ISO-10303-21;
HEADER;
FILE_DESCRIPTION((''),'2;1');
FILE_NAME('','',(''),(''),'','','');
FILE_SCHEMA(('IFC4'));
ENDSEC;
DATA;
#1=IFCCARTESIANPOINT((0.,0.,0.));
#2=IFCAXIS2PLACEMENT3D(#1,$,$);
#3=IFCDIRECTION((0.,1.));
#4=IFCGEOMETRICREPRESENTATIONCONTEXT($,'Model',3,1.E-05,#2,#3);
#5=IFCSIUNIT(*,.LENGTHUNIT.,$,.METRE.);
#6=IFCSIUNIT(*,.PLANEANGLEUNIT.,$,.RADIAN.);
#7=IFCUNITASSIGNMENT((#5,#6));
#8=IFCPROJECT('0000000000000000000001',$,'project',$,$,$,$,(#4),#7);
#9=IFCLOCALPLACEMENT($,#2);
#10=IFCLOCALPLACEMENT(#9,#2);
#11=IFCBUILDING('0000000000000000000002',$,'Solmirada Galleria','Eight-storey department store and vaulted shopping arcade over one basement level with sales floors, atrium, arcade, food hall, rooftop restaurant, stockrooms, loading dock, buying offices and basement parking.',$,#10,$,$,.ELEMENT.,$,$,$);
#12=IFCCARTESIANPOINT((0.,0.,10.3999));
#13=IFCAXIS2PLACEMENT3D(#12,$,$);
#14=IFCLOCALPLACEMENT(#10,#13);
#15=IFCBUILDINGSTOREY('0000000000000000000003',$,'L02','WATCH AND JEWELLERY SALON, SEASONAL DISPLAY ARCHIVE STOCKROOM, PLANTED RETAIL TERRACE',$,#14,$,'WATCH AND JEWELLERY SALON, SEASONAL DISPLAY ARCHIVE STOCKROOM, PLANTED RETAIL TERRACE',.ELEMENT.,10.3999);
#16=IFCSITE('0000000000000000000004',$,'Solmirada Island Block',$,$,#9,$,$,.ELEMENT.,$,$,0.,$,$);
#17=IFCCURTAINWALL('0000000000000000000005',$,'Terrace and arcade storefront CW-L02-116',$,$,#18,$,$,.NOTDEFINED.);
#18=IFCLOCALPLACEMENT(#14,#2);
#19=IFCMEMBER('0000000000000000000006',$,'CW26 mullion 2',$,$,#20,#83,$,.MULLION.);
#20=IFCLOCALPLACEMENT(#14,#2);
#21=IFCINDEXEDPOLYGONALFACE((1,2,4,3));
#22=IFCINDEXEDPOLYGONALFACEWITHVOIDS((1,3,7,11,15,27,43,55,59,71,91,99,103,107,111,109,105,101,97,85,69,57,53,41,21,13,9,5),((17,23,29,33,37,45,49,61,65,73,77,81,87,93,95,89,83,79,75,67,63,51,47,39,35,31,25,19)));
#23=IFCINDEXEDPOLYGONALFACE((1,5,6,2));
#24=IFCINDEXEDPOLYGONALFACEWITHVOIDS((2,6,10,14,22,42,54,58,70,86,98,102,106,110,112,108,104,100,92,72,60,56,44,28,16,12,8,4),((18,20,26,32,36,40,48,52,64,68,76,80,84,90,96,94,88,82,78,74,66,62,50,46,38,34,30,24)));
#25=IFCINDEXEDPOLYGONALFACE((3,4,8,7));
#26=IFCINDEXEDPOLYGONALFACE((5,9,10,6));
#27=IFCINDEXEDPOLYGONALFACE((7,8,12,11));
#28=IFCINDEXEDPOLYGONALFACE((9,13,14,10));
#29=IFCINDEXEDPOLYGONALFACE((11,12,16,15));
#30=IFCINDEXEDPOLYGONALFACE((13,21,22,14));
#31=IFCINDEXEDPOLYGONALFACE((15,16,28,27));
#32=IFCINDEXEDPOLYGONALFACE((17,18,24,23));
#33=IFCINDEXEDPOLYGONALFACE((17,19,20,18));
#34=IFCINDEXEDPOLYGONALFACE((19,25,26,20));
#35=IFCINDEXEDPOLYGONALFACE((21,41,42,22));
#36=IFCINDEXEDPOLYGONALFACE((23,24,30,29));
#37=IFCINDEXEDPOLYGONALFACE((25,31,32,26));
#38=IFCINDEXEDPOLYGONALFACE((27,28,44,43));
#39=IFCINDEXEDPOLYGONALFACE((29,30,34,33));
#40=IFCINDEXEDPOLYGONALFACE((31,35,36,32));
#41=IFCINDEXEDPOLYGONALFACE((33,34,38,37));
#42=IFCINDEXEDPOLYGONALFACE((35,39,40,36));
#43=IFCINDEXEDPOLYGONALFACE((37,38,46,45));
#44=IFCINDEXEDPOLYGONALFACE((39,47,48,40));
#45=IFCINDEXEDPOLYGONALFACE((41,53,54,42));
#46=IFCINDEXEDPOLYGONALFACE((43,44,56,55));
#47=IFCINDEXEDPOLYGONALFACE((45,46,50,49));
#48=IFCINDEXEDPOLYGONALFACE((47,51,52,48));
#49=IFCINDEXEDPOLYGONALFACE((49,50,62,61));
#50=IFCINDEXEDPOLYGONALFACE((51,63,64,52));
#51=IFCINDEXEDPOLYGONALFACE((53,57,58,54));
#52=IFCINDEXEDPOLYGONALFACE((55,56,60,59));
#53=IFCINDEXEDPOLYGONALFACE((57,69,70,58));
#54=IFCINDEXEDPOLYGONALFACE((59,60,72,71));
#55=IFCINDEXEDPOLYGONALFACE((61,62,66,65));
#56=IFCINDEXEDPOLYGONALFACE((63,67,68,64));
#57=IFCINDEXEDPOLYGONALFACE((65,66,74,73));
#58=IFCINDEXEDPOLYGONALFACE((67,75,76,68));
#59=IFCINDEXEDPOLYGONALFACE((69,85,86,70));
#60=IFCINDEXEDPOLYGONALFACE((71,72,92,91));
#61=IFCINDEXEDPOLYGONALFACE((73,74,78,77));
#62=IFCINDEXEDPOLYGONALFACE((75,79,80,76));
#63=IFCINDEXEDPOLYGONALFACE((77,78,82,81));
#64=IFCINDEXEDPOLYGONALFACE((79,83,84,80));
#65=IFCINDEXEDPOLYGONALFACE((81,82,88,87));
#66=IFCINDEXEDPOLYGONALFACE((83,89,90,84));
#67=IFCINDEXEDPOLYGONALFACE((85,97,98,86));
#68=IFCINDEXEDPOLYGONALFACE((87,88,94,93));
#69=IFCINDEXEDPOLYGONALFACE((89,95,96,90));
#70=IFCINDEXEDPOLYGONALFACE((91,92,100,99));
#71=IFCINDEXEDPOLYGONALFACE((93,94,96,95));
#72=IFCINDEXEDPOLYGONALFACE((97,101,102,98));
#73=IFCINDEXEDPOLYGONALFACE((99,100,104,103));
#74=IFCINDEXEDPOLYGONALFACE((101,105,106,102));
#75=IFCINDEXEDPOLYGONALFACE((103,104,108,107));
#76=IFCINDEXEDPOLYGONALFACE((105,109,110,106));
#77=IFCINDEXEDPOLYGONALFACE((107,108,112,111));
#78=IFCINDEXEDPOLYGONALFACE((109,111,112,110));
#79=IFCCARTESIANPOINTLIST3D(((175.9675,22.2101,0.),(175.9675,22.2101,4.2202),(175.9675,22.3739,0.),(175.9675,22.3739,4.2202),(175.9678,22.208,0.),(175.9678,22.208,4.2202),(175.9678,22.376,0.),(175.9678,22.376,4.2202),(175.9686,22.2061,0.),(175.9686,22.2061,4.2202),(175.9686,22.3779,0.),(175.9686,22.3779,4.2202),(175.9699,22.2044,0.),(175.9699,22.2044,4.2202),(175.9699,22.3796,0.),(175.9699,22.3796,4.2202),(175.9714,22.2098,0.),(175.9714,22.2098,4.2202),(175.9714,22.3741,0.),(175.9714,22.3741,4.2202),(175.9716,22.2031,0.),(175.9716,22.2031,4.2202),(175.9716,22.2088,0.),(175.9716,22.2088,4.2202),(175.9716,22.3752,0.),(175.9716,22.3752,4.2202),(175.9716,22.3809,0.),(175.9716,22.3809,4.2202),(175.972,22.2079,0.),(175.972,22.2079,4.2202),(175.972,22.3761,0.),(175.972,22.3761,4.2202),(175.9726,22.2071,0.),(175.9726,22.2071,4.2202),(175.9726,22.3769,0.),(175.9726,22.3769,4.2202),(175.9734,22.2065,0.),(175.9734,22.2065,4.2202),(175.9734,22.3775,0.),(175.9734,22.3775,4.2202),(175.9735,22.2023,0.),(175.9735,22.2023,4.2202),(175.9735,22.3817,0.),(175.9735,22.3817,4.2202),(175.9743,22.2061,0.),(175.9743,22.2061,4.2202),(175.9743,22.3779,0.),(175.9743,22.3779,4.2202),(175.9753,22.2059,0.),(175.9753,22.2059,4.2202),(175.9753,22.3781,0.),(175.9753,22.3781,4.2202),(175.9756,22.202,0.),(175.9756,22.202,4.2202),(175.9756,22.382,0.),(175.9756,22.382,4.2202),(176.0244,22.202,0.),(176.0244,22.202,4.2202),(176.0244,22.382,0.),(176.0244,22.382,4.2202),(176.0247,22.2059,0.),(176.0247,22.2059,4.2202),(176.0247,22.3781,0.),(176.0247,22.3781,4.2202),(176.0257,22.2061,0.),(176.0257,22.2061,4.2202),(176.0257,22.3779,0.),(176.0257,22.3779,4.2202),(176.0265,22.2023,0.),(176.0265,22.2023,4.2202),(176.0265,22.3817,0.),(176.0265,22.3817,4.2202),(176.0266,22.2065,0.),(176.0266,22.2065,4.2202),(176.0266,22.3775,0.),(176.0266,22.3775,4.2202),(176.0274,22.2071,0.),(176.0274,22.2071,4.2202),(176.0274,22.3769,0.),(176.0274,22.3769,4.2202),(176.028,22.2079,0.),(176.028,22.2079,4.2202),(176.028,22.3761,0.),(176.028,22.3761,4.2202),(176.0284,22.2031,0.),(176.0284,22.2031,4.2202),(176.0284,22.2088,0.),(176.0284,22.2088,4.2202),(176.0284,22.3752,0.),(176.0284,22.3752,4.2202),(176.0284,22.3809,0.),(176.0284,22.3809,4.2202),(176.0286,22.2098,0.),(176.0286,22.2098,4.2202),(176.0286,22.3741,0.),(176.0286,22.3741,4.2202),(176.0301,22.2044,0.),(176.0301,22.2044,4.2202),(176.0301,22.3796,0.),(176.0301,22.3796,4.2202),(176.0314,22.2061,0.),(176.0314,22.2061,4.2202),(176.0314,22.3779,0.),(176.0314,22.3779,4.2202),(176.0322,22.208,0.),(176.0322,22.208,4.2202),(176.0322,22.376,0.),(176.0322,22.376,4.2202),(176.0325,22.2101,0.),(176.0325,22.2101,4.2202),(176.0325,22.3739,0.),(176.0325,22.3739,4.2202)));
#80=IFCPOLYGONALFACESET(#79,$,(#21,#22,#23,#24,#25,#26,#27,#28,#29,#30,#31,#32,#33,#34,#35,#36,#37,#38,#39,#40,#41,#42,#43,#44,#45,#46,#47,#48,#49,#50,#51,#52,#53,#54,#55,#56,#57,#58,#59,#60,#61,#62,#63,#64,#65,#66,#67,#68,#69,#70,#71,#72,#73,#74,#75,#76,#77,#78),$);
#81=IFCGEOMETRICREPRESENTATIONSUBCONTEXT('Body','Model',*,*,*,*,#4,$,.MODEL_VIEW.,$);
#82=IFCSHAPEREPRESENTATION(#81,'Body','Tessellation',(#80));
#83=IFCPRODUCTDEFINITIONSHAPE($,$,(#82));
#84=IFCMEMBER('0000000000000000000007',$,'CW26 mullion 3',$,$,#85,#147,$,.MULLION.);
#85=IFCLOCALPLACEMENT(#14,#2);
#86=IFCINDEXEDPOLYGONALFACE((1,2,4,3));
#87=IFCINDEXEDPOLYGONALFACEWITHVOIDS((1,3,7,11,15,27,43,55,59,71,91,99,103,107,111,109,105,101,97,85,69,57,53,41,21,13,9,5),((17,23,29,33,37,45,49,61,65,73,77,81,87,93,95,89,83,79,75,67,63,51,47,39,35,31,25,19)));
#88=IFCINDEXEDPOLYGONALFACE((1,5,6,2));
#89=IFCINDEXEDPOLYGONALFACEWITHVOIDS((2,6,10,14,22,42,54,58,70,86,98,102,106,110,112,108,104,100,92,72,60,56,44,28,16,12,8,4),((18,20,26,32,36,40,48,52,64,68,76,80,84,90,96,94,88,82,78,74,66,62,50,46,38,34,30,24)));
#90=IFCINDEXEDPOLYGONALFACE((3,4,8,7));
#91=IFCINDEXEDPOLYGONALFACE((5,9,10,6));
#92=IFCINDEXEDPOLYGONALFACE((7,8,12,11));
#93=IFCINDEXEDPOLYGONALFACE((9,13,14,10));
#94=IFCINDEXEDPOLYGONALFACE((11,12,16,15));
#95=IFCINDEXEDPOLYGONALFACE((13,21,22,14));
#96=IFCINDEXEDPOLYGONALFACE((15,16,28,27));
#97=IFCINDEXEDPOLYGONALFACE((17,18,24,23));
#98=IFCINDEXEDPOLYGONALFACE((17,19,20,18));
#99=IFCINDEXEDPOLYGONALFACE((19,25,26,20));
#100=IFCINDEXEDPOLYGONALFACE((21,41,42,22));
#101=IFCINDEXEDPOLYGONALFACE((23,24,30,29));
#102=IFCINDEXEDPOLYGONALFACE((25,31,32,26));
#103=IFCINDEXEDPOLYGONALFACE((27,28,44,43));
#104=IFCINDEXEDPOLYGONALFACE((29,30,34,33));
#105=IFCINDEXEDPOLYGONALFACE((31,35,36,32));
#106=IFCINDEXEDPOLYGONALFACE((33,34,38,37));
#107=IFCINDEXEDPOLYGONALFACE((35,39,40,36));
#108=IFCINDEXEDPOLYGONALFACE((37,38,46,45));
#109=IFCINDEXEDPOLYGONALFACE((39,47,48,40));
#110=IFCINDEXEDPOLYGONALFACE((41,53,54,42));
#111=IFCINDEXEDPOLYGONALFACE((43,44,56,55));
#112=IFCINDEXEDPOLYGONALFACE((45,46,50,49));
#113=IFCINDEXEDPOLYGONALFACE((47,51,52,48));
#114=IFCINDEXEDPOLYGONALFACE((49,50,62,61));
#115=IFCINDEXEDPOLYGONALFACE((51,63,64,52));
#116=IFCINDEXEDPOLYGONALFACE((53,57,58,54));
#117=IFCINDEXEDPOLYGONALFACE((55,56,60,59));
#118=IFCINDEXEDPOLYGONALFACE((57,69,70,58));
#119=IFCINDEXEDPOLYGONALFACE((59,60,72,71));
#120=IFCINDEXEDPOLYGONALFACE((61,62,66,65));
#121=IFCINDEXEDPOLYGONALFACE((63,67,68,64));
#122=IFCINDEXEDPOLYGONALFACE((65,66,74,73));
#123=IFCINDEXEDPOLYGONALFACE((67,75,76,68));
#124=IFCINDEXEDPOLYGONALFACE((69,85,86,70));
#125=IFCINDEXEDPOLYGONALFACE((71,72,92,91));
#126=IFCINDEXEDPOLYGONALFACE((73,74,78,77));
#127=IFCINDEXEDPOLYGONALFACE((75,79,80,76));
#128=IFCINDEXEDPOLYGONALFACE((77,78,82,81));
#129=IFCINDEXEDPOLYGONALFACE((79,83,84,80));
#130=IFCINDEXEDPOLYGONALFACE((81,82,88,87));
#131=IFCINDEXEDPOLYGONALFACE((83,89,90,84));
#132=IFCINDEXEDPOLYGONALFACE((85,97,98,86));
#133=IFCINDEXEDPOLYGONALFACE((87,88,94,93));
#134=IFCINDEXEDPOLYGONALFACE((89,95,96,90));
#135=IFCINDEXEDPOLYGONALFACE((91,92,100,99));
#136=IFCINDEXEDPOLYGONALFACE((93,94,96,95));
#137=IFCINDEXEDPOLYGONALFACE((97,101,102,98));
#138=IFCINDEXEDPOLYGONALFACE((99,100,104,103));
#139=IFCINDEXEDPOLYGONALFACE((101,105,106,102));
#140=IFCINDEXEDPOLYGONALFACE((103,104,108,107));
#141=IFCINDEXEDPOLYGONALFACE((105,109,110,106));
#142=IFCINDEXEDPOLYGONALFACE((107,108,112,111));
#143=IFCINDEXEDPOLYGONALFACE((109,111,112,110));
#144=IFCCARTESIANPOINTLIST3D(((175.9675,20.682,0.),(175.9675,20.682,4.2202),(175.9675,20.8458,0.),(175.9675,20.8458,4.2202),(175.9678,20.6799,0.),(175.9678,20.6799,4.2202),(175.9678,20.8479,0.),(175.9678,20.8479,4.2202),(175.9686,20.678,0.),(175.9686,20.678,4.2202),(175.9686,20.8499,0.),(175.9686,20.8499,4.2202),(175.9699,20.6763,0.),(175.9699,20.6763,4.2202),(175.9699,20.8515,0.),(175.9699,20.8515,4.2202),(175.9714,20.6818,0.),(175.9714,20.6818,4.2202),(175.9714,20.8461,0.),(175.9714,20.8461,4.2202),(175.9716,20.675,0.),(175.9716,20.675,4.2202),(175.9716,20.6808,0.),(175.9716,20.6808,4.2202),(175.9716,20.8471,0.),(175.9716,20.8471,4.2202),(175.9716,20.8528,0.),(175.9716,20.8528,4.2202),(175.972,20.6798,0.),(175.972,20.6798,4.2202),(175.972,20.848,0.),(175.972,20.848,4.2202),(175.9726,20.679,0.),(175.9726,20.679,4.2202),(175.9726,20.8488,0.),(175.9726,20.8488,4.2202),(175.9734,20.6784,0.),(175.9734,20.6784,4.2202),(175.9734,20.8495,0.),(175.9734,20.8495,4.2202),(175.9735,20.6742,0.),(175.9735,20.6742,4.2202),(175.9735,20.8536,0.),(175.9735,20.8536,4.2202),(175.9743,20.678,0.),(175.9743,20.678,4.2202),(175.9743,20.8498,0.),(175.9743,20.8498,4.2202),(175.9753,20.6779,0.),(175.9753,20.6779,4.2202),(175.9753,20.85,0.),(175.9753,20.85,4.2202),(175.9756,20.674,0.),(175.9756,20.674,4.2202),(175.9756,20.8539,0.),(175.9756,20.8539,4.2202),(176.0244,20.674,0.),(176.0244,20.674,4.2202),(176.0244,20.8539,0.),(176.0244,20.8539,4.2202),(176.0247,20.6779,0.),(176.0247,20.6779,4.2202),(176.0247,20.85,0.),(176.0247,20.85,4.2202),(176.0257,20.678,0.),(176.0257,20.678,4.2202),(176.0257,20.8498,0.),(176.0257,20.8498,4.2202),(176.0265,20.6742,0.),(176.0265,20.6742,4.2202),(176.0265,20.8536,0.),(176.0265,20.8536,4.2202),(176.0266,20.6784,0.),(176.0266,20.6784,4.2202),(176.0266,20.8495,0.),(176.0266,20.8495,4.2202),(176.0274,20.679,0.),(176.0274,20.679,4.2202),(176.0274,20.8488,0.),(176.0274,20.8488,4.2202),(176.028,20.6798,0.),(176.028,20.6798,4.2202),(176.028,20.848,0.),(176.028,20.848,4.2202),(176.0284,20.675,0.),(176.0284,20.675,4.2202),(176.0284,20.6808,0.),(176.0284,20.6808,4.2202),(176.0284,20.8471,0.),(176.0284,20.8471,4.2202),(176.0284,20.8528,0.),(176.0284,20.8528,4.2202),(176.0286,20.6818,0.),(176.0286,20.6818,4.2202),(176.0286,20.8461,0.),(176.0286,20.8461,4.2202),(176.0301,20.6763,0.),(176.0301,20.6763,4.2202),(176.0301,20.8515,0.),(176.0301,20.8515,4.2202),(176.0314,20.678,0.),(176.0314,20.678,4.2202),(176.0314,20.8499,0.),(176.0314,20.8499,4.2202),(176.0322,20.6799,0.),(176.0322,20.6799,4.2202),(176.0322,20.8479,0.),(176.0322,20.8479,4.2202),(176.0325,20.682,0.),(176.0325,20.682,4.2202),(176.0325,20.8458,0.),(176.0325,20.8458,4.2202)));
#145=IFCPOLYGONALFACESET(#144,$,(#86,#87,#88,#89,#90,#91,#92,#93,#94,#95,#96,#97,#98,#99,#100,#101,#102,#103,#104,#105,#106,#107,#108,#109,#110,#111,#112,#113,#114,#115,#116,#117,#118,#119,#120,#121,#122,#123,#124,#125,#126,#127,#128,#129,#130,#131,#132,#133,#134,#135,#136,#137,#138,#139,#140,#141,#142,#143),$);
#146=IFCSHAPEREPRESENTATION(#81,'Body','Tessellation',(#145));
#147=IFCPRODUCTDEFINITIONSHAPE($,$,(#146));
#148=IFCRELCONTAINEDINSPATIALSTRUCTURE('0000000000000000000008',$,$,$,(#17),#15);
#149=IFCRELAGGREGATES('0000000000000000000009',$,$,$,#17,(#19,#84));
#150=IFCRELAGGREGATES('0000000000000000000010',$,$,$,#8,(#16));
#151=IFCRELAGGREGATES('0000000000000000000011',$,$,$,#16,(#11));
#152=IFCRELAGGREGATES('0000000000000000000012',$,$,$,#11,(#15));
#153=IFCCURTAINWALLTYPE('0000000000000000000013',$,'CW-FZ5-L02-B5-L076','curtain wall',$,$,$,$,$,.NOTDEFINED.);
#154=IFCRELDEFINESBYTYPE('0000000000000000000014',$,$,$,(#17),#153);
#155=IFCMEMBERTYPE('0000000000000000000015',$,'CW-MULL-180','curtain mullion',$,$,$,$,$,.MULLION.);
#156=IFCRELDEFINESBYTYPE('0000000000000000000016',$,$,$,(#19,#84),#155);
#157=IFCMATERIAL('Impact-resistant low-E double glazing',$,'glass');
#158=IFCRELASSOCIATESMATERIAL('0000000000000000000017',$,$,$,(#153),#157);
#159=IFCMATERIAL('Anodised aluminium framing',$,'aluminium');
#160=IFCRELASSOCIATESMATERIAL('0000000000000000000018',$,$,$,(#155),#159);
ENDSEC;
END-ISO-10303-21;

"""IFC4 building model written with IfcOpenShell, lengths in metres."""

from ifc_helpers import new_model, si_unit, direction, frame, origin, origin_2d, place, context, subcontext, project, spatial, hollow_rectangle, extrude, material, material_profile, profile_set, type_object, element, aggregate, save


model = new_model("IFC4")

# Units and contexts
model_context = context("Model", 3, precision=1e-05, world=origin(), true_north=direction((0.0, 1.0)))
body_context = subcontext(model_context, "Body", "Model", "MODEL_VIEW")
ifc_project = project(units=[si_unit("LENGTHUNIT", "METRE"), si_unit("PLANEANGLEUNIT", "RADIAN")], contexts=[model_context])

# Site, building, storey
site_placement = place(None, origin())
site = spatial("IfcSite", under=ifc_project, at=site_placement, Name="Solmirada Island Block", CompositionType="ELEMENT", RefElevation=0.0)
building_placement = place(site_placement, origin())
building = spatial("IfcBuilding", under=site, at=building_placement, Name="Solmirada Galleria", Description="Eight-storey department store and vaulted shopping arcade over one basement level with sales floors, atrium, arcade, food hall, rooftop restaurant, stockrooms, loading dock, buying offices and basement parking.", CompositionType="ELEMENT")
storey_placement = place(building_placement, frame((0.0, 0.0, 10.3999)))
storey = spatial("IfcBuildingStorey", under=building, at=storey_placement, Name="L02", Description="WATCH AND JEWELLERY SALON, SEASONAL DISPLAY ARCHIVE STOCKROOM, PLANTED RETAIL TERRACE", LongName="WATCH AND JEWELLERY SALON, SEASONAL DISPLAY ARCHIVE STOCKROOM, PLANTED RETAIL TERRACE", CompositionType="ELEMENT", Elevation=10.3999)

# Curtain wall, members
ifc_material_1 = material(Name="Impact-resistant low-E double glazing", Category="glass")
curtain_wall_type = type_object("IfcCurtainWallType", Name="CW-FZ5-L02-B5-L076", Description="curtain wall", PredefinedType="NOTDEFINED", material=ifc_material_1)
curtain_wall_placement = place(storey_placement, origin())
curtain_wall = element("IfcCurtainWall", 1, at=curtain_wall_placement, inside=storey, type_object=curtain_wall_type, Name="Terrace and arcade storefront CW-L02-116", PredefinedType="NOTDEFINED")
ifc_material_2 = material(Name="Anodised aluminium framing", Category="aluminium")
ifc_material_profile_1 = material_profile(ifc_material_2, hollow_rectangle(XDim=0.0649, YDim=0.1799, WallThickness=0.0039, InnerFilletRadius=0.0039, OuterFilletRadius=0.0081, at=origin_2d()), Name="ALU-MULL-180X65")
ifc_profile_set_1 = profile_set([ifc_material_profile_1], Name="Anodised aluminium framing")
member_type_1 = type_object("IfcMemberType", Name="CW-MULL-180", Description="curtain mullion", PredefinedType="MULLION", material=ifc_profile_set_1)
member_1_placement = place(storey_placement, frame((176.0, 22.292, 0.0), z_axis=(0.0, 0.0, 1.0), x_axis=(1.0, 0.0, 0.0)))
member_1 = element("IfcMember", 2, at=member_1_placement, type_object=member_type_1, Name="CW26 mullion 2", PredefinedType="MULLION", context=body_context, shape_type="SweptSolid", body=[
    extrude(hollow_rectangle(XDim=0.0649, YDim=0.1799, WallThickness=0.0039, InnerFilletRadius=0.0039, OuterFilletRadius=0.0081, at=origin_2d()), origin(), (0.0, 0.0, 1.0), 4.2202),
])
member_2_placement = place(storey_placement, frame((176.0, 20.7639, 0.0), z_axis=(0.0, 0.0, 1.0), x_axis=(1.0, 0.0, 0.0)))
member_2 = element("IfcMember", 3, at=member_2_placement, type_object=member_type_1, Name="CW26 mullion 3", PredefinedType="MULLION", context=body_context, shape_type="SweptSolid", body=[
    extrude(hollow_rectangle(XDim=0.0649, YDim=0.1799, WallThickness=0.0039, InnerFilletRadius=0.0039, OuterFilletRadius=0.0081, at=origin_2d()), origin(), (0.0, 0.0, 1.0), 4.2202),
])
aggregate(curtain_wall, [member_1, member_2])

save(model, "model.ifc")
